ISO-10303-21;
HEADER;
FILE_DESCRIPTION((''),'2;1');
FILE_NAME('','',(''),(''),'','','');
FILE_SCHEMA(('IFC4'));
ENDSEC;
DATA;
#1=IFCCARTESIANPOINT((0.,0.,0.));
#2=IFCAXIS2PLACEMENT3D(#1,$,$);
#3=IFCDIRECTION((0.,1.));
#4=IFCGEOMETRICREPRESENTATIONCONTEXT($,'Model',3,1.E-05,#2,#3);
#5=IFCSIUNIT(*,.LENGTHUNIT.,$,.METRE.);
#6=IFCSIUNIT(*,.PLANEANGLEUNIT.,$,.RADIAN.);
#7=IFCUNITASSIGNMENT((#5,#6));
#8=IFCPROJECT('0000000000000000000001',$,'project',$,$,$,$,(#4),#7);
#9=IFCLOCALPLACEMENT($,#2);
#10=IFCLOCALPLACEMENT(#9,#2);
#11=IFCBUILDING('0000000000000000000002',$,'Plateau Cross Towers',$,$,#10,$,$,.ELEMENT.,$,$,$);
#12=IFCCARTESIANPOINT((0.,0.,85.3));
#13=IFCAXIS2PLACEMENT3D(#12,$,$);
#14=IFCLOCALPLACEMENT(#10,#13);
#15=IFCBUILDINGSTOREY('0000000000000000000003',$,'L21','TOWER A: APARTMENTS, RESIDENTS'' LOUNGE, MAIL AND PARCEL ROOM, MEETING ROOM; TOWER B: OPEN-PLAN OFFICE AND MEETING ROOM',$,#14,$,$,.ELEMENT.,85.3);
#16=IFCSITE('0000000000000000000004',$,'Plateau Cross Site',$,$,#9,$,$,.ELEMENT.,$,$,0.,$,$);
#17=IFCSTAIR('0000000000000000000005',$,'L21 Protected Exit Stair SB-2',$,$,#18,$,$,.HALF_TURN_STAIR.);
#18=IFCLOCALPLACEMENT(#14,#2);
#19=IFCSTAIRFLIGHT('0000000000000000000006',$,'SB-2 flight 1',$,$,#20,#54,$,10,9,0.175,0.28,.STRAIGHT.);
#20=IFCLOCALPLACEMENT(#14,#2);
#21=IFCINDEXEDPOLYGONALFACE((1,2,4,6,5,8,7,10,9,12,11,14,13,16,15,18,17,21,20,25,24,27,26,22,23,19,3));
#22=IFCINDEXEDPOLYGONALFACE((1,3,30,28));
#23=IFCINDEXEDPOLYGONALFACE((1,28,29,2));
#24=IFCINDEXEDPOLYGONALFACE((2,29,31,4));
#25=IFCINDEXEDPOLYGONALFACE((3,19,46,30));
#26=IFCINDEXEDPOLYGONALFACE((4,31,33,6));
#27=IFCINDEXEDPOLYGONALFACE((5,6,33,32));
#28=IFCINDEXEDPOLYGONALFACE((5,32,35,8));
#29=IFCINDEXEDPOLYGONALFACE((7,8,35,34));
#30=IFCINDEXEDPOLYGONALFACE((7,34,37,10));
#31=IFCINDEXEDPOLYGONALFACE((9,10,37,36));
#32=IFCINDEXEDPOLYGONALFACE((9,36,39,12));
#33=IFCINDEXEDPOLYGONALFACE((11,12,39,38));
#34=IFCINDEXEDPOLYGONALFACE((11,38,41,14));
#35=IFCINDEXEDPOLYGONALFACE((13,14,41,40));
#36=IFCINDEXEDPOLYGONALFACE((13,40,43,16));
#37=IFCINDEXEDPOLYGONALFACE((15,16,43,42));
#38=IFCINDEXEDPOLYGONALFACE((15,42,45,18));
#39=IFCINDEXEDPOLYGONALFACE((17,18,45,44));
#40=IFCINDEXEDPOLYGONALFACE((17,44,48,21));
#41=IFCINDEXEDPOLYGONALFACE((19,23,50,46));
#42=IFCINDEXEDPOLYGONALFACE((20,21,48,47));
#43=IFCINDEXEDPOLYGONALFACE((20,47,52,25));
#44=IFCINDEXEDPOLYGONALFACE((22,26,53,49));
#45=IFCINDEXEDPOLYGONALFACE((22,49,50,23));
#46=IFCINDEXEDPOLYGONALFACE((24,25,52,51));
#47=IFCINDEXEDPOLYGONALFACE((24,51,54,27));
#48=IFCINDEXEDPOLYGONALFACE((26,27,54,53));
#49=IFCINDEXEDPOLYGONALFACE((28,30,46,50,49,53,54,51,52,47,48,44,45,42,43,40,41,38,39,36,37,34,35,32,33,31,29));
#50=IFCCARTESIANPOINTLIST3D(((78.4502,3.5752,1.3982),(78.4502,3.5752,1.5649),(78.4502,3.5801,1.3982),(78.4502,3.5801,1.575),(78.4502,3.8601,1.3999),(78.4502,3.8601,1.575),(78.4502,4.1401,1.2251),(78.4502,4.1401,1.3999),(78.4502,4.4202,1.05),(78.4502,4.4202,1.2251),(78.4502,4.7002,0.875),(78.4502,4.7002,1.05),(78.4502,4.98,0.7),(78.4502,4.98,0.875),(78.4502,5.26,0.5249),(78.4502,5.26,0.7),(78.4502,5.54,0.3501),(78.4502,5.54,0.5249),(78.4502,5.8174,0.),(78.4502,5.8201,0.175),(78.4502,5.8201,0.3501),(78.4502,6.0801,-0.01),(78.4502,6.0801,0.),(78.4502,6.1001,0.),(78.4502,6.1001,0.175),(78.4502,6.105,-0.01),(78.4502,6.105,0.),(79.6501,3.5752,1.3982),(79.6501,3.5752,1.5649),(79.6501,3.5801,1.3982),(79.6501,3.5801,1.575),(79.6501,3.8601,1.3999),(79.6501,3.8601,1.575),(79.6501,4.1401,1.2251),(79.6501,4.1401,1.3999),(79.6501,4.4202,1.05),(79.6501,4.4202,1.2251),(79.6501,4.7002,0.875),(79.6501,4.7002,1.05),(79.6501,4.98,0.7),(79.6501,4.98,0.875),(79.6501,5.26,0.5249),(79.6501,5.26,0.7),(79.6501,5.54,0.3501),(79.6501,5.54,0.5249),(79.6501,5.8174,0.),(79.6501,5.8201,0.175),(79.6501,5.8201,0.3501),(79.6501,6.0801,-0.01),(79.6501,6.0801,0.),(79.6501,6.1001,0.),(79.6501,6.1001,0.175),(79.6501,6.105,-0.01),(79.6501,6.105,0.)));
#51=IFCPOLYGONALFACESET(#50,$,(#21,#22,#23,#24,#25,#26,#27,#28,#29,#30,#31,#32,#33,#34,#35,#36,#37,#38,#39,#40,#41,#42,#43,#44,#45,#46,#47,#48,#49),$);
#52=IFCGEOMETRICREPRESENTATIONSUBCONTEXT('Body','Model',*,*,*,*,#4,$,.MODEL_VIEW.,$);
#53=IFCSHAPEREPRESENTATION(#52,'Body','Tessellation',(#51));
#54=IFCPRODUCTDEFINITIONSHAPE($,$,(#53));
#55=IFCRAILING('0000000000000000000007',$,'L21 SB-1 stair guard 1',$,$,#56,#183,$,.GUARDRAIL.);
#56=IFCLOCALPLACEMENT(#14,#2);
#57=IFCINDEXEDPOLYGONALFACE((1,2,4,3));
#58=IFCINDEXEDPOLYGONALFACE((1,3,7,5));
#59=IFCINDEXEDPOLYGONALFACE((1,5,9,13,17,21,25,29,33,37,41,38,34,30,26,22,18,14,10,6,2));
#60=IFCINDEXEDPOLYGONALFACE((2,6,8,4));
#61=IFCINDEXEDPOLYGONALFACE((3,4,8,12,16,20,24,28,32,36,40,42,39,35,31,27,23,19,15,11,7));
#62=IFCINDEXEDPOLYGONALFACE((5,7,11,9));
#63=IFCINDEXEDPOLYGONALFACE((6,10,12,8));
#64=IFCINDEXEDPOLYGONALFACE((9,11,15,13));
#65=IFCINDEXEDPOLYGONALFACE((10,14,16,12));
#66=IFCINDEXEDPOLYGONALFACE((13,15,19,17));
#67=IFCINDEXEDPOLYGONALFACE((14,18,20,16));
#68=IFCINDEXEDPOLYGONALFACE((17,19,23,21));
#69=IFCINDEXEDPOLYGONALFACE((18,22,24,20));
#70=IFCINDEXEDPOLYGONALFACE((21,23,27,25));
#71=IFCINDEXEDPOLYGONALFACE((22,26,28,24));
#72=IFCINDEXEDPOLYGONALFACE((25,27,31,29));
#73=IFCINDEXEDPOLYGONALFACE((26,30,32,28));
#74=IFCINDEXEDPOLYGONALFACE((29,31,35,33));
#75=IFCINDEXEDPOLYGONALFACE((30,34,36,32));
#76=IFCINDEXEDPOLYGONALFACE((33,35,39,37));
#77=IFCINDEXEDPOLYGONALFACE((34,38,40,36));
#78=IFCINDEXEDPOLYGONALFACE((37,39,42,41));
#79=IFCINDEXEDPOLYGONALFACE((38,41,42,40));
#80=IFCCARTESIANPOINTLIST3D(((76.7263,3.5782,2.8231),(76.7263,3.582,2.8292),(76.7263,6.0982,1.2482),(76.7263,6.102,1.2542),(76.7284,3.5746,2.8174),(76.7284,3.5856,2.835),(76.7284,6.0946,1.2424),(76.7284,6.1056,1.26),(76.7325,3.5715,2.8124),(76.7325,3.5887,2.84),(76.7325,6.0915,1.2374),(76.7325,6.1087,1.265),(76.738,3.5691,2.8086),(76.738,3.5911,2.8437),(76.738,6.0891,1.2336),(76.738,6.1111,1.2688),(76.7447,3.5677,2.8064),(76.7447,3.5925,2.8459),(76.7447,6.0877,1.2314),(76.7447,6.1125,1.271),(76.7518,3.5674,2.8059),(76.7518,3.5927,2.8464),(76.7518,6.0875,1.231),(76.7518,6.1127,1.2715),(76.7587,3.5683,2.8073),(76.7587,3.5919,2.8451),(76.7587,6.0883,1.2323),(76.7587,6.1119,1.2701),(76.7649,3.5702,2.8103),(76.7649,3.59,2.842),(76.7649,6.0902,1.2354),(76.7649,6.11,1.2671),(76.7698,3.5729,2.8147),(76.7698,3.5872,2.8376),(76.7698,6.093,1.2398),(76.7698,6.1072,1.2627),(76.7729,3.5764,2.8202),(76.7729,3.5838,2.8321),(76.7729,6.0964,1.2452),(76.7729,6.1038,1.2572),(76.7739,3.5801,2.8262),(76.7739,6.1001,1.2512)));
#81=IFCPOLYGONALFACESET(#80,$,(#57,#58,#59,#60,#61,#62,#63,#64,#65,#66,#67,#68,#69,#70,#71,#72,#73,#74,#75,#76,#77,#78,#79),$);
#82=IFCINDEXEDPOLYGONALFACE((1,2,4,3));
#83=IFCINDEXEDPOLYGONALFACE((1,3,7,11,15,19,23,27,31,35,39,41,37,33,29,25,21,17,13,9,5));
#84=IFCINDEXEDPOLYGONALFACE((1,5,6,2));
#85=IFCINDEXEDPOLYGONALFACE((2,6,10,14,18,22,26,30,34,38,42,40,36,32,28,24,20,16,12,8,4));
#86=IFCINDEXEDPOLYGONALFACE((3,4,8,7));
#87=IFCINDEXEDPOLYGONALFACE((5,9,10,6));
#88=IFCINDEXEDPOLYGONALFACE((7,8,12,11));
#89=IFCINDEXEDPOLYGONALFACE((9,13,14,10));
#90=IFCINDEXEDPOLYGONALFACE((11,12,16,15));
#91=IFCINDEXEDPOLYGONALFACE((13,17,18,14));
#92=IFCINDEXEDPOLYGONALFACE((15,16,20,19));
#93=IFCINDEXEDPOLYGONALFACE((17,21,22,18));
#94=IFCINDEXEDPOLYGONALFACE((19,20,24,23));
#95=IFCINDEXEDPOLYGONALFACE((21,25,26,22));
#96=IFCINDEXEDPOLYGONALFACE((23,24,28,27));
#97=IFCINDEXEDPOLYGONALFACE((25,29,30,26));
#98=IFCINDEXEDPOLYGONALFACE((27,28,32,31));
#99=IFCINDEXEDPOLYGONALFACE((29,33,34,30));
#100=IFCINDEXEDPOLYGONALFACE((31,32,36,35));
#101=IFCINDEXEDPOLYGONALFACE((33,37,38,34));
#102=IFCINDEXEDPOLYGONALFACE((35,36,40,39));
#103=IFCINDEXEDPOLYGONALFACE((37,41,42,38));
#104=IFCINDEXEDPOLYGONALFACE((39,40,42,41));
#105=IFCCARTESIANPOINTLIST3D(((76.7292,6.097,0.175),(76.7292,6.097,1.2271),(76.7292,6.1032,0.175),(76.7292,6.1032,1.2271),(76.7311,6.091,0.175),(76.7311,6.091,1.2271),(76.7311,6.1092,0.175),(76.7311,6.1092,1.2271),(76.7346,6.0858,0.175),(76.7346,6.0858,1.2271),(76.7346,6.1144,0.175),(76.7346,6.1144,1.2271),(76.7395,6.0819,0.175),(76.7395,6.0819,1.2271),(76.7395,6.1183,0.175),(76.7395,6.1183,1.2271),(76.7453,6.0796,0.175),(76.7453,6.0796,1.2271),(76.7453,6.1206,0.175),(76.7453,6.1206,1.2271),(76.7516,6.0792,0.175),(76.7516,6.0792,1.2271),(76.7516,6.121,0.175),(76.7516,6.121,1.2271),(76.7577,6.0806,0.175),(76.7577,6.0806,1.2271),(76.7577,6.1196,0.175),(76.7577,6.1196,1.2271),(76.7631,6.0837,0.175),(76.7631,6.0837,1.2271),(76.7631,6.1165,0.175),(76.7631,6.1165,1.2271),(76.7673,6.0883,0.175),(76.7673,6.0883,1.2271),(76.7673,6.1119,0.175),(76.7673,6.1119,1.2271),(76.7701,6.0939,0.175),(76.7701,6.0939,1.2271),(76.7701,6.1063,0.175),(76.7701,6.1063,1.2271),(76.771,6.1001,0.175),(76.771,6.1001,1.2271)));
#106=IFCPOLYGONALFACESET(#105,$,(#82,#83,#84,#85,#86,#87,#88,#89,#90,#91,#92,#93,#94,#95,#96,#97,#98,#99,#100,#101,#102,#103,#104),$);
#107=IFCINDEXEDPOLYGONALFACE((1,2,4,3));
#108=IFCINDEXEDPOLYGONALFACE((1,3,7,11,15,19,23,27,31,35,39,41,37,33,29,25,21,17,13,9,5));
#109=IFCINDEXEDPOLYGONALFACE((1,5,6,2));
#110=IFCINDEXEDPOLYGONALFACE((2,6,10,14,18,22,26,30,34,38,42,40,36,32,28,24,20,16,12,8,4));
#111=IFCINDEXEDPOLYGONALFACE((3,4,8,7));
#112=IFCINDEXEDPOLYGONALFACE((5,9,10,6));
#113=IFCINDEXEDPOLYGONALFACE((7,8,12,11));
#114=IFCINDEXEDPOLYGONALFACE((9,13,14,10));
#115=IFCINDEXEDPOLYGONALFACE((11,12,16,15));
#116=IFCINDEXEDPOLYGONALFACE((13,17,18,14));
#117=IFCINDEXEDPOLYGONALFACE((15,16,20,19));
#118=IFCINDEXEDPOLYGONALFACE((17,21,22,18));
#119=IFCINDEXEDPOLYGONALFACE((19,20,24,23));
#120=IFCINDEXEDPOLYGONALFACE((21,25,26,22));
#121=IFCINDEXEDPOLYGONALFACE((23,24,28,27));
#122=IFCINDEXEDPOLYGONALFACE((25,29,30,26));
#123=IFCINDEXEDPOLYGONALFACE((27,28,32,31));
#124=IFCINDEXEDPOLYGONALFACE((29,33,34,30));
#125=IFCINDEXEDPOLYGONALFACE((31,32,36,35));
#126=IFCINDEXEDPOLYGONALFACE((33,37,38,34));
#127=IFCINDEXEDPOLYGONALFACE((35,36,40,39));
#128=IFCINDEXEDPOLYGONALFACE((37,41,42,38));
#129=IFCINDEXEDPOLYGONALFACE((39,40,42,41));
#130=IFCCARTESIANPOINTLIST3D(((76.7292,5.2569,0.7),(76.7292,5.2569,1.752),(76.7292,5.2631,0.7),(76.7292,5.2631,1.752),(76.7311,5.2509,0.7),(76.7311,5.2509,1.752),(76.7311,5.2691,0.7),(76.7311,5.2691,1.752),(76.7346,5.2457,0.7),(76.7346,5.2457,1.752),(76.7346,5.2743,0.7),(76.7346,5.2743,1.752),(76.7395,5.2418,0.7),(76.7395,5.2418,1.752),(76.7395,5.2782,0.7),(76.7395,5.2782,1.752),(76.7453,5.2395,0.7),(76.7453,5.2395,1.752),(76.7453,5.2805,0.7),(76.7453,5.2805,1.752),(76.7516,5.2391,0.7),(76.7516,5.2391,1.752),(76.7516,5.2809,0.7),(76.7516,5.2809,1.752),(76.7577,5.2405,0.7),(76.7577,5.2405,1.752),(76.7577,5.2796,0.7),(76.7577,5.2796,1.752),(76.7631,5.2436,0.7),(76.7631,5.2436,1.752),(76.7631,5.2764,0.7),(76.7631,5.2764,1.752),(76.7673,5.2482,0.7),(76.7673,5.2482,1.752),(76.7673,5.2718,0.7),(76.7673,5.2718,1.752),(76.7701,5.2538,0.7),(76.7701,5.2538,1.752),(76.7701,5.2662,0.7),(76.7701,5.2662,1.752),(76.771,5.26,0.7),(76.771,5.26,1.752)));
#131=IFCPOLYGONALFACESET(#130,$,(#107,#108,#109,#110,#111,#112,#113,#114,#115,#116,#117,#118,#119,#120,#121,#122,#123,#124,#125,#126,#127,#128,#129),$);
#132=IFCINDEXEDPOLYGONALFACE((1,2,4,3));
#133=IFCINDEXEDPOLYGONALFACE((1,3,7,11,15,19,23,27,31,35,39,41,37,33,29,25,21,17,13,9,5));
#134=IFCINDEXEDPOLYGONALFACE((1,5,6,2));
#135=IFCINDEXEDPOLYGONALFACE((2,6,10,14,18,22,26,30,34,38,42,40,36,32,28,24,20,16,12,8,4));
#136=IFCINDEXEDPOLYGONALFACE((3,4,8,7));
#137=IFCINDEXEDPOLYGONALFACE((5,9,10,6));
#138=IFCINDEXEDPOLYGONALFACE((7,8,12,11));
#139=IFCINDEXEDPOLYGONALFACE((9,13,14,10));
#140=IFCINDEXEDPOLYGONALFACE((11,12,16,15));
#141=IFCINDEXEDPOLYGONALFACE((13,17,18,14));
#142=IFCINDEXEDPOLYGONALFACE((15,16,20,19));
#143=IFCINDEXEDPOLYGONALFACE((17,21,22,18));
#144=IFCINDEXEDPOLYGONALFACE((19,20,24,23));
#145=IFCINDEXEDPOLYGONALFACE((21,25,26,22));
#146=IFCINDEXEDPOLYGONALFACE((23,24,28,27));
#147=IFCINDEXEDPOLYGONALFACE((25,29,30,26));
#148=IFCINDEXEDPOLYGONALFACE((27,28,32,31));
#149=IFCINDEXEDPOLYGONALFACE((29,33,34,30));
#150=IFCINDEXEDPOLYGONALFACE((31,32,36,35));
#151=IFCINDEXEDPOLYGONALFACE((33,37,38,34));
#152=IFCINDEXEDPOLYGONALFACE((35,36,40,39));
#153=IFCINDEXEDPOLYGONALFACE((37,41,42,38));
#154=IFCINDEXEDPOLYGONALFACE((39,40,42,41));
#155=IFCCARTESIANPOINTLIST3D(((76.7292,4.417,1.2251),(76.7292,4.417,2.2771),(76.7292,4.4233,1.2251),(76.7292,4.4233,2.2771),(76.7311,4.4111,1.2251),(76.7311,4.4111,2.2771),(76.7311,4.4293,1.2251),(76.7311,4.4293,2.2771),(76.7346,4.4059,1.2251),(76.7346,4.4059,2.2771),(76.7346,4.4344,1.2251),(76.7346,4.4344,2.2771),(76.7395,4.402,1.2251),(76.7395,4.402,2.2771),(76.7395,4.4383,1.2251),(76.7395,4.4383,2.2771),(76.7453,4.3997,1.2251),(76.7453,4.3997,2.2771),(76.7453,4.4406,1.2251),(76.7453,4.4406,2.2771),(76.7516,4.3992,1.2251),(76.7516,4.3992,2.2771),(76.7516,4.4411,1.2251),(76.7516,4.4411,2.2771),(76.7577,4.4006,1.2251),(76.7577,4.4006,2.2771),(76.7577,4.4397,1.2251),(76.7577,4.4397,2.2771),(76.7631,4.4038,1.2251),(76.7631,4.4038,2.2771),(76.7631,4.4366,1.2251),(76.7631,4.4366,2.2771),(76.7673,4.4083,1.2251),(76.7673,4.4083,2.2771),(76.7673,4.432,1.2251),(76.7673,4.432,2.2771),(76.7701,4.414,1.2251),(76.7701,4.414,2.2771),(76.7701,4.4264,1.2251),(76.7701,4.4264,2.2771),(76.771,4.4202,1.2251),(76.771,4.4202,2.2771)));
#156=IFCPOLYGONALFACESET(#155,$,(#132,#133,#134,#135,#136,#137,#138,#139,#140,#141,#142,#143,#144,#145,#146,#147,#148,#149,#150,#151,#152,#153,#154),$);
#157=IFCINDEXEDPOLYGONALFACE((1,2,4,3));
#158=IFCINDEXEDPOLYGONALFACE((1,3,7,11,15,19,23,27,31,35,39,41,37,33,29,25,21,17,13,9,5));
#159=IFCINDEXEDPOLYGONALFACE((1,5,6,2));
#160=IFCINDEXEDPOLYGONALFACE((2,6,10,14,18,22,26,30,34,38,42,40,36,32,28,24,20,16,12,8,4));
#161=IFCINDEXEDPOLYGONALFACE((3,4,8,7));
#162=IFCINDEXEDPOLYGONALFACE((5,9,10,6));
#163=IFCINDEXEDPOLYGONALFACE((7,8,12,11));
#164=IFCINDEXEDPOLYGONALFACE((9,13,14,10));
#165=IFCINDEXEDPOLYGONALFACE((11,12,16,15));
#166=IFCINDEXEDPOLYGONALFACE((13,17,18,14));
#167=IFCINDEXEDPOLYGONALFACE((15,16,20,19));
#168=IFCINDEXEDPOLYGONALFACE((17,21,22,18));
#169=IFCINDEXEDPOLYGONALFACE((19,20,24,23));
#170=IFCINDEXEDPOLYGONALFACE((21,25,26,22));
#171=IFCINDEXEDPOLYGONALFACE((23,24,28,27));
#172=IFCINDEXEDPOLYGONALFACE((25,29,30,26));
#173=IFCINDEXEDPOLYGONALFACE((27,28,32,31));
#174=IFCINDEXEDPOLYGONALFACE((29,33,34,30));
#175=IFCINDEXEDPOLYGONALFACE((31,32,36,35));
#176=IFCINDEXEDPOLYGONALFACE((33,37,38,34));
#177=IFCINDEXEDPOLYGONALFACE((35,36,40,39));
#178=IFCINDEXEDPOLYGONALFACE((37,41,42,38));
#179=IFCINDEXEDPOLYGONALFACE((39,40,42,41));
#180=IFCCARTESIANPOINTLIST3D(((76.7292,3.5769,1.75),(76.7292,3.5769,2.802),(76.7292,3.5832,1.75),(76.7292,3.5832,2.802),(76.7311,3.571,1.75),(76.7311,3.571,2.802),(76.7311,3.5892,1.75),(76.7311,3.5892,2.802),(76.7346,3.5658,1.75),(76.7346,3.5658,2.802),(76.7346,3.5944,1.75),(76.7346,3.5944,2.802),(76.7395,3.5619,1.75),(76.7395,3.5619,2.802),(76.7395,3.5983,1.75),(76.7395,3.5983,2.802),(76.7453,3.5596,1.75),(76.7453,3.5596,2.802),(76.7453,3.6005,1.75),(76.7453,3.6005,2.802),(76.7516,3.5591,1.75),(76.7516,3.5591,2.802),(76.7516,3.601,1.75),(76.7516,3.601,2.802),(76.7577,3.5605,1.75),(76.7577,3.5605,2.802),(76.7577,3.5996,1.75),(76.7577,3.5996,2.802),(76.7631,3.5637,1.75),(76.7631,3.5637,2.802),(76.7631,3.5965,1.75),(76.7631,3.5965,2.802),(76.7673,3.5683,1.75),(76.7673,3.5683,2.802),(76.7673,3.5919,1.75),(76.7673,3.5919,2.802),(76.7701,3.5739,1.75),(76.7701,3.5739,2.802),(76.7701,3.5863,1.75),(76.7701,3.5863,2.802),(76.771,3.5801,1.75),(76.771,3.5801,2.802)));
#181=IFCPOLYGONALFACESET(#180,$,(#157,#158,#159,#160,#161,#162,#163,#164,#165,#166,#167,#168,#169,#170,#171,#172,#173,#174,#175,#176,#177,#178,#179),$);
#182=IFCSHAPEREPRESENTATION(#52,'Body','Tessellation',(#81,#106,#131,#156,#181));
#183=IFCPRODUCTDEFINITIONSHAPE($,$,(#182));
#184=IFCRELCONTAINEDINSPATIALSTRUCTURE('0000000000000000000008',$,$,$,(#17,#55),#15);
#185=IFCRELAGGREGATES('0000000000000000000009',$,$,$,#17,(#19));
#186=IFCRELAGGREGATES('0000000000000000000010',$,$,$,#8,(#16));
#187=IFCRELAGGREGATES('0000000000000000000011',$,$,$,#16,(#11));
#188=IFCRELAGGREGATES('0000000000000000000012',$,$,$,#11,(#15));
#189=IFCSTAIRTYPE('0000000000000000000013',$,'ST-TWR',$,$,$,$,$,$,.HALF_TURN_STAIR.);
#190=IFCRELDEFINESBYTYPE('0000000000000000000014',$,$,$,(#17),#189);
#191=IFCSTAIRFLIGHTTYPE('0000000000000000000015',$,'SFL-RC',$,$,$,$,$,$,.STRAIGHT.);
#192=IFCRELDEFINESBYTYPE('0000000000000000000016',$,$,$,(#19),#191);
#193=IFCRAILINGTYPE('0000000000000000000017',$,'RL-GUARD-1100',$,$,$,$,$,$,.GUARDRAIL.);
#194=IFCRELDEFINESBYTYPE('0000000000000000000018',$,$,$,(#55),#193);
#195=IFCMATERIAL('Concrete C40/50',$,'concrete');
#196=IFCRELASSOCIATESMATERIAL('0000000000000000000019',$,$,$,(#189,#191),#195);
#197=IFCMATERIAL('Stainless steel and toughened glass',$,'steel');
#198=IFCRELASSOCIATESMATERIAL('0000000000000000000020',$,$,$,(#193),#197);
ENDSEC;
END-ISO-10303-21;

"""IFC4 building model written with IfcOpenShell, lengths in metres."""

from ifc_helpers import new_model, si_unit, direction, frame, origin, origin_2d, place, context, subcontext, project, spatial, polyline, circle, outline, extrude, material, type_object, element, aggregate, save


model = new_model("IFC4")

# Units and contexts
model_context = context("Model", 3, precision=1e-05, world=origin(), true_north=direction((0.0, 1.0)))
body_context = subcontext(model_context, "Body", "Model", "MODEL_VIEW")
ifc_project = project(units=[si_unit("LENGTHUNIT", "METRE"), si_unit("PLANEANGLEUNIT", "RADIAN")], contexts=[model_context])

# Site, building, storey
site_placement = place(None, origin())
site = spatial("IfcSite", under=ifc_project, at=site_placement, Name="Plateau Cross Site", CompositionType="ELEMENT", RefElevation=0.0)
building_placement = place(site_placement, origin())
building = spatial("IfcBuilding", under=site, at=building_placement, Name="Plateau Cross Towers", CompositionType="ELEMENT")
storey_placement = place(building_placement, frame((0.0, 0.0, 85.3)))
storey = spatial("IfcBuildingStorey", under=building, at=storey_placement, Name="L21", Description="TOWER A: APARTMENTS, RESIDENTS' LOUNGE, MAIL AND PARCEL ROOM, MEETING ROOM; TOWER B: OPEN-PLAN OFFICE AND MEETING ROOM", CompositionType="ELEMENT", Elevation=85.3)

# Shared definitions
ifc_material_1 = material(Name="Concrete C40/50", Category="concrete")
stair_type = type_object("IfcStairType", Name="ST-TWR", PredefinedType="HALF_TURN_STAIR", material=ifc_material_1)
stair_flight_type = type_object("IfcStairFlightType", Name="SFL-RC", PredefinedType="STRAIGHT", material=ifc_material_1)

# Stair, stair flight
stair_1_placement = place(storey_placement, origin())
stair_1 = element("IfcStair", 1, at=stair_1_placement, inside=storey, type_object=stair_type, Name="L21 Protected Exit Stair SB-2", PredefinedType="HALF_TURN_STAIR")
stair_flight_1_placement = place(storey_placement, frame((79.05, 6.1001, 0.0), z_axis=(0.0, 0.0, 1.0), x_axis=(0.0, -1.0, 0.0)))
stair_flight_1 = element("IfcStairFlight", 2, at=stair_flight_1_placement, type_object=stair_flight_type, Name="SB-2 flight 1", NumberOfRisers=10, NumberOfTreads=9, PredefinedType="STRAIGHT", RiserHeight=0.175, TreadLength=0.28, context=body_context, shape_type="SweptSolid", body=[
    extrude(outline(polyline([(-0.0049, -0.01), (-0.0049, 0.0), (0.0, 0.0), (0.0, 0.175), (0.28, 0.175), (0.28, 0.3501), (0.5601, 0.3501), (0.5601, 0.5249), (0.8401, 0.5249), (0.8401, 0.7), (1.1201, 0.7), (1.1201, 0.875), (1.3999, 0.875), (1.3999, 1.05), (1.6799, 1.05), (1.6799, 1.2251), (1.96, 1.2251), (1.96, 1.3999), (2.24, 1.3999), (2.24, 1.575), (2.52, 1.575), (2.5249, 1.5649), (2.5249, 1.3982), (2.52, 1.3982), (0.2827, 0.0), (0.02, 0.0), (0.02, -0.01), (-0.0049, -0.01)])), frame((0.0, 0.6001, 0.0), z_axis=(0.0, -1.0, 0.0), x_axis=(1.0, 0.0, 0.0)), (0.0, 0.0, 1.0), 1.2),
])
aggregate(stair_1, [stair_flight_1])

# Railing
ifc_material_2 = material(Name="Stainless steel and toughened glass", Category="steel")
railing_type_1 = type_object("IfcRailingType", Name="RL-GUARD-1100", PredefinedType="GUARDRAIL", material=ifc_material_2)
railing_1_placement = place(storey_placement, frame((76.75, 6.1001, 0.175)))
element("IfcRailing", 3, at=railing_1_placement, inside=storey, type_object=railing_type_1, Name="L21 SB-1 stair guard 1", PredefinedType="GUARDRAIL", context=body_context, shape_type="SweptSolid", body=[
    extrude(circle(Radius=0.0239, at=origin_2d()), frame((0.0, 0.0, 1.0762), z_axis=(0.0, -0.848008, 0.529984), x_axis=(1.0, 0.0, 0.0)), (0.0, 0.0, 1.0), 2.9717),
    extrude(circle(Radius=0.021, at=origin_2d()), origin(), (0.0, 0.0, 1.0), 1.052),
    extrude(circle(Radius=0.021, at=origin_2d()), frame((0.0, -0.8401, 0.5249)), (0.0, 0.0, 1.0), 1.052),
    extrude(circle(Radius=0.021, at=origin_2d()), frame((0.0, -1.6799, 1.05)), (0.0, 0.0, 1.0), 1.052),
    extrude(circle(Radius=0.021, at=origin_2d()), frame((0.0, -2.52, 1.575)), (0.0, 0.0, 1.0), 1.052),
])

save(model, "model.ifc")
